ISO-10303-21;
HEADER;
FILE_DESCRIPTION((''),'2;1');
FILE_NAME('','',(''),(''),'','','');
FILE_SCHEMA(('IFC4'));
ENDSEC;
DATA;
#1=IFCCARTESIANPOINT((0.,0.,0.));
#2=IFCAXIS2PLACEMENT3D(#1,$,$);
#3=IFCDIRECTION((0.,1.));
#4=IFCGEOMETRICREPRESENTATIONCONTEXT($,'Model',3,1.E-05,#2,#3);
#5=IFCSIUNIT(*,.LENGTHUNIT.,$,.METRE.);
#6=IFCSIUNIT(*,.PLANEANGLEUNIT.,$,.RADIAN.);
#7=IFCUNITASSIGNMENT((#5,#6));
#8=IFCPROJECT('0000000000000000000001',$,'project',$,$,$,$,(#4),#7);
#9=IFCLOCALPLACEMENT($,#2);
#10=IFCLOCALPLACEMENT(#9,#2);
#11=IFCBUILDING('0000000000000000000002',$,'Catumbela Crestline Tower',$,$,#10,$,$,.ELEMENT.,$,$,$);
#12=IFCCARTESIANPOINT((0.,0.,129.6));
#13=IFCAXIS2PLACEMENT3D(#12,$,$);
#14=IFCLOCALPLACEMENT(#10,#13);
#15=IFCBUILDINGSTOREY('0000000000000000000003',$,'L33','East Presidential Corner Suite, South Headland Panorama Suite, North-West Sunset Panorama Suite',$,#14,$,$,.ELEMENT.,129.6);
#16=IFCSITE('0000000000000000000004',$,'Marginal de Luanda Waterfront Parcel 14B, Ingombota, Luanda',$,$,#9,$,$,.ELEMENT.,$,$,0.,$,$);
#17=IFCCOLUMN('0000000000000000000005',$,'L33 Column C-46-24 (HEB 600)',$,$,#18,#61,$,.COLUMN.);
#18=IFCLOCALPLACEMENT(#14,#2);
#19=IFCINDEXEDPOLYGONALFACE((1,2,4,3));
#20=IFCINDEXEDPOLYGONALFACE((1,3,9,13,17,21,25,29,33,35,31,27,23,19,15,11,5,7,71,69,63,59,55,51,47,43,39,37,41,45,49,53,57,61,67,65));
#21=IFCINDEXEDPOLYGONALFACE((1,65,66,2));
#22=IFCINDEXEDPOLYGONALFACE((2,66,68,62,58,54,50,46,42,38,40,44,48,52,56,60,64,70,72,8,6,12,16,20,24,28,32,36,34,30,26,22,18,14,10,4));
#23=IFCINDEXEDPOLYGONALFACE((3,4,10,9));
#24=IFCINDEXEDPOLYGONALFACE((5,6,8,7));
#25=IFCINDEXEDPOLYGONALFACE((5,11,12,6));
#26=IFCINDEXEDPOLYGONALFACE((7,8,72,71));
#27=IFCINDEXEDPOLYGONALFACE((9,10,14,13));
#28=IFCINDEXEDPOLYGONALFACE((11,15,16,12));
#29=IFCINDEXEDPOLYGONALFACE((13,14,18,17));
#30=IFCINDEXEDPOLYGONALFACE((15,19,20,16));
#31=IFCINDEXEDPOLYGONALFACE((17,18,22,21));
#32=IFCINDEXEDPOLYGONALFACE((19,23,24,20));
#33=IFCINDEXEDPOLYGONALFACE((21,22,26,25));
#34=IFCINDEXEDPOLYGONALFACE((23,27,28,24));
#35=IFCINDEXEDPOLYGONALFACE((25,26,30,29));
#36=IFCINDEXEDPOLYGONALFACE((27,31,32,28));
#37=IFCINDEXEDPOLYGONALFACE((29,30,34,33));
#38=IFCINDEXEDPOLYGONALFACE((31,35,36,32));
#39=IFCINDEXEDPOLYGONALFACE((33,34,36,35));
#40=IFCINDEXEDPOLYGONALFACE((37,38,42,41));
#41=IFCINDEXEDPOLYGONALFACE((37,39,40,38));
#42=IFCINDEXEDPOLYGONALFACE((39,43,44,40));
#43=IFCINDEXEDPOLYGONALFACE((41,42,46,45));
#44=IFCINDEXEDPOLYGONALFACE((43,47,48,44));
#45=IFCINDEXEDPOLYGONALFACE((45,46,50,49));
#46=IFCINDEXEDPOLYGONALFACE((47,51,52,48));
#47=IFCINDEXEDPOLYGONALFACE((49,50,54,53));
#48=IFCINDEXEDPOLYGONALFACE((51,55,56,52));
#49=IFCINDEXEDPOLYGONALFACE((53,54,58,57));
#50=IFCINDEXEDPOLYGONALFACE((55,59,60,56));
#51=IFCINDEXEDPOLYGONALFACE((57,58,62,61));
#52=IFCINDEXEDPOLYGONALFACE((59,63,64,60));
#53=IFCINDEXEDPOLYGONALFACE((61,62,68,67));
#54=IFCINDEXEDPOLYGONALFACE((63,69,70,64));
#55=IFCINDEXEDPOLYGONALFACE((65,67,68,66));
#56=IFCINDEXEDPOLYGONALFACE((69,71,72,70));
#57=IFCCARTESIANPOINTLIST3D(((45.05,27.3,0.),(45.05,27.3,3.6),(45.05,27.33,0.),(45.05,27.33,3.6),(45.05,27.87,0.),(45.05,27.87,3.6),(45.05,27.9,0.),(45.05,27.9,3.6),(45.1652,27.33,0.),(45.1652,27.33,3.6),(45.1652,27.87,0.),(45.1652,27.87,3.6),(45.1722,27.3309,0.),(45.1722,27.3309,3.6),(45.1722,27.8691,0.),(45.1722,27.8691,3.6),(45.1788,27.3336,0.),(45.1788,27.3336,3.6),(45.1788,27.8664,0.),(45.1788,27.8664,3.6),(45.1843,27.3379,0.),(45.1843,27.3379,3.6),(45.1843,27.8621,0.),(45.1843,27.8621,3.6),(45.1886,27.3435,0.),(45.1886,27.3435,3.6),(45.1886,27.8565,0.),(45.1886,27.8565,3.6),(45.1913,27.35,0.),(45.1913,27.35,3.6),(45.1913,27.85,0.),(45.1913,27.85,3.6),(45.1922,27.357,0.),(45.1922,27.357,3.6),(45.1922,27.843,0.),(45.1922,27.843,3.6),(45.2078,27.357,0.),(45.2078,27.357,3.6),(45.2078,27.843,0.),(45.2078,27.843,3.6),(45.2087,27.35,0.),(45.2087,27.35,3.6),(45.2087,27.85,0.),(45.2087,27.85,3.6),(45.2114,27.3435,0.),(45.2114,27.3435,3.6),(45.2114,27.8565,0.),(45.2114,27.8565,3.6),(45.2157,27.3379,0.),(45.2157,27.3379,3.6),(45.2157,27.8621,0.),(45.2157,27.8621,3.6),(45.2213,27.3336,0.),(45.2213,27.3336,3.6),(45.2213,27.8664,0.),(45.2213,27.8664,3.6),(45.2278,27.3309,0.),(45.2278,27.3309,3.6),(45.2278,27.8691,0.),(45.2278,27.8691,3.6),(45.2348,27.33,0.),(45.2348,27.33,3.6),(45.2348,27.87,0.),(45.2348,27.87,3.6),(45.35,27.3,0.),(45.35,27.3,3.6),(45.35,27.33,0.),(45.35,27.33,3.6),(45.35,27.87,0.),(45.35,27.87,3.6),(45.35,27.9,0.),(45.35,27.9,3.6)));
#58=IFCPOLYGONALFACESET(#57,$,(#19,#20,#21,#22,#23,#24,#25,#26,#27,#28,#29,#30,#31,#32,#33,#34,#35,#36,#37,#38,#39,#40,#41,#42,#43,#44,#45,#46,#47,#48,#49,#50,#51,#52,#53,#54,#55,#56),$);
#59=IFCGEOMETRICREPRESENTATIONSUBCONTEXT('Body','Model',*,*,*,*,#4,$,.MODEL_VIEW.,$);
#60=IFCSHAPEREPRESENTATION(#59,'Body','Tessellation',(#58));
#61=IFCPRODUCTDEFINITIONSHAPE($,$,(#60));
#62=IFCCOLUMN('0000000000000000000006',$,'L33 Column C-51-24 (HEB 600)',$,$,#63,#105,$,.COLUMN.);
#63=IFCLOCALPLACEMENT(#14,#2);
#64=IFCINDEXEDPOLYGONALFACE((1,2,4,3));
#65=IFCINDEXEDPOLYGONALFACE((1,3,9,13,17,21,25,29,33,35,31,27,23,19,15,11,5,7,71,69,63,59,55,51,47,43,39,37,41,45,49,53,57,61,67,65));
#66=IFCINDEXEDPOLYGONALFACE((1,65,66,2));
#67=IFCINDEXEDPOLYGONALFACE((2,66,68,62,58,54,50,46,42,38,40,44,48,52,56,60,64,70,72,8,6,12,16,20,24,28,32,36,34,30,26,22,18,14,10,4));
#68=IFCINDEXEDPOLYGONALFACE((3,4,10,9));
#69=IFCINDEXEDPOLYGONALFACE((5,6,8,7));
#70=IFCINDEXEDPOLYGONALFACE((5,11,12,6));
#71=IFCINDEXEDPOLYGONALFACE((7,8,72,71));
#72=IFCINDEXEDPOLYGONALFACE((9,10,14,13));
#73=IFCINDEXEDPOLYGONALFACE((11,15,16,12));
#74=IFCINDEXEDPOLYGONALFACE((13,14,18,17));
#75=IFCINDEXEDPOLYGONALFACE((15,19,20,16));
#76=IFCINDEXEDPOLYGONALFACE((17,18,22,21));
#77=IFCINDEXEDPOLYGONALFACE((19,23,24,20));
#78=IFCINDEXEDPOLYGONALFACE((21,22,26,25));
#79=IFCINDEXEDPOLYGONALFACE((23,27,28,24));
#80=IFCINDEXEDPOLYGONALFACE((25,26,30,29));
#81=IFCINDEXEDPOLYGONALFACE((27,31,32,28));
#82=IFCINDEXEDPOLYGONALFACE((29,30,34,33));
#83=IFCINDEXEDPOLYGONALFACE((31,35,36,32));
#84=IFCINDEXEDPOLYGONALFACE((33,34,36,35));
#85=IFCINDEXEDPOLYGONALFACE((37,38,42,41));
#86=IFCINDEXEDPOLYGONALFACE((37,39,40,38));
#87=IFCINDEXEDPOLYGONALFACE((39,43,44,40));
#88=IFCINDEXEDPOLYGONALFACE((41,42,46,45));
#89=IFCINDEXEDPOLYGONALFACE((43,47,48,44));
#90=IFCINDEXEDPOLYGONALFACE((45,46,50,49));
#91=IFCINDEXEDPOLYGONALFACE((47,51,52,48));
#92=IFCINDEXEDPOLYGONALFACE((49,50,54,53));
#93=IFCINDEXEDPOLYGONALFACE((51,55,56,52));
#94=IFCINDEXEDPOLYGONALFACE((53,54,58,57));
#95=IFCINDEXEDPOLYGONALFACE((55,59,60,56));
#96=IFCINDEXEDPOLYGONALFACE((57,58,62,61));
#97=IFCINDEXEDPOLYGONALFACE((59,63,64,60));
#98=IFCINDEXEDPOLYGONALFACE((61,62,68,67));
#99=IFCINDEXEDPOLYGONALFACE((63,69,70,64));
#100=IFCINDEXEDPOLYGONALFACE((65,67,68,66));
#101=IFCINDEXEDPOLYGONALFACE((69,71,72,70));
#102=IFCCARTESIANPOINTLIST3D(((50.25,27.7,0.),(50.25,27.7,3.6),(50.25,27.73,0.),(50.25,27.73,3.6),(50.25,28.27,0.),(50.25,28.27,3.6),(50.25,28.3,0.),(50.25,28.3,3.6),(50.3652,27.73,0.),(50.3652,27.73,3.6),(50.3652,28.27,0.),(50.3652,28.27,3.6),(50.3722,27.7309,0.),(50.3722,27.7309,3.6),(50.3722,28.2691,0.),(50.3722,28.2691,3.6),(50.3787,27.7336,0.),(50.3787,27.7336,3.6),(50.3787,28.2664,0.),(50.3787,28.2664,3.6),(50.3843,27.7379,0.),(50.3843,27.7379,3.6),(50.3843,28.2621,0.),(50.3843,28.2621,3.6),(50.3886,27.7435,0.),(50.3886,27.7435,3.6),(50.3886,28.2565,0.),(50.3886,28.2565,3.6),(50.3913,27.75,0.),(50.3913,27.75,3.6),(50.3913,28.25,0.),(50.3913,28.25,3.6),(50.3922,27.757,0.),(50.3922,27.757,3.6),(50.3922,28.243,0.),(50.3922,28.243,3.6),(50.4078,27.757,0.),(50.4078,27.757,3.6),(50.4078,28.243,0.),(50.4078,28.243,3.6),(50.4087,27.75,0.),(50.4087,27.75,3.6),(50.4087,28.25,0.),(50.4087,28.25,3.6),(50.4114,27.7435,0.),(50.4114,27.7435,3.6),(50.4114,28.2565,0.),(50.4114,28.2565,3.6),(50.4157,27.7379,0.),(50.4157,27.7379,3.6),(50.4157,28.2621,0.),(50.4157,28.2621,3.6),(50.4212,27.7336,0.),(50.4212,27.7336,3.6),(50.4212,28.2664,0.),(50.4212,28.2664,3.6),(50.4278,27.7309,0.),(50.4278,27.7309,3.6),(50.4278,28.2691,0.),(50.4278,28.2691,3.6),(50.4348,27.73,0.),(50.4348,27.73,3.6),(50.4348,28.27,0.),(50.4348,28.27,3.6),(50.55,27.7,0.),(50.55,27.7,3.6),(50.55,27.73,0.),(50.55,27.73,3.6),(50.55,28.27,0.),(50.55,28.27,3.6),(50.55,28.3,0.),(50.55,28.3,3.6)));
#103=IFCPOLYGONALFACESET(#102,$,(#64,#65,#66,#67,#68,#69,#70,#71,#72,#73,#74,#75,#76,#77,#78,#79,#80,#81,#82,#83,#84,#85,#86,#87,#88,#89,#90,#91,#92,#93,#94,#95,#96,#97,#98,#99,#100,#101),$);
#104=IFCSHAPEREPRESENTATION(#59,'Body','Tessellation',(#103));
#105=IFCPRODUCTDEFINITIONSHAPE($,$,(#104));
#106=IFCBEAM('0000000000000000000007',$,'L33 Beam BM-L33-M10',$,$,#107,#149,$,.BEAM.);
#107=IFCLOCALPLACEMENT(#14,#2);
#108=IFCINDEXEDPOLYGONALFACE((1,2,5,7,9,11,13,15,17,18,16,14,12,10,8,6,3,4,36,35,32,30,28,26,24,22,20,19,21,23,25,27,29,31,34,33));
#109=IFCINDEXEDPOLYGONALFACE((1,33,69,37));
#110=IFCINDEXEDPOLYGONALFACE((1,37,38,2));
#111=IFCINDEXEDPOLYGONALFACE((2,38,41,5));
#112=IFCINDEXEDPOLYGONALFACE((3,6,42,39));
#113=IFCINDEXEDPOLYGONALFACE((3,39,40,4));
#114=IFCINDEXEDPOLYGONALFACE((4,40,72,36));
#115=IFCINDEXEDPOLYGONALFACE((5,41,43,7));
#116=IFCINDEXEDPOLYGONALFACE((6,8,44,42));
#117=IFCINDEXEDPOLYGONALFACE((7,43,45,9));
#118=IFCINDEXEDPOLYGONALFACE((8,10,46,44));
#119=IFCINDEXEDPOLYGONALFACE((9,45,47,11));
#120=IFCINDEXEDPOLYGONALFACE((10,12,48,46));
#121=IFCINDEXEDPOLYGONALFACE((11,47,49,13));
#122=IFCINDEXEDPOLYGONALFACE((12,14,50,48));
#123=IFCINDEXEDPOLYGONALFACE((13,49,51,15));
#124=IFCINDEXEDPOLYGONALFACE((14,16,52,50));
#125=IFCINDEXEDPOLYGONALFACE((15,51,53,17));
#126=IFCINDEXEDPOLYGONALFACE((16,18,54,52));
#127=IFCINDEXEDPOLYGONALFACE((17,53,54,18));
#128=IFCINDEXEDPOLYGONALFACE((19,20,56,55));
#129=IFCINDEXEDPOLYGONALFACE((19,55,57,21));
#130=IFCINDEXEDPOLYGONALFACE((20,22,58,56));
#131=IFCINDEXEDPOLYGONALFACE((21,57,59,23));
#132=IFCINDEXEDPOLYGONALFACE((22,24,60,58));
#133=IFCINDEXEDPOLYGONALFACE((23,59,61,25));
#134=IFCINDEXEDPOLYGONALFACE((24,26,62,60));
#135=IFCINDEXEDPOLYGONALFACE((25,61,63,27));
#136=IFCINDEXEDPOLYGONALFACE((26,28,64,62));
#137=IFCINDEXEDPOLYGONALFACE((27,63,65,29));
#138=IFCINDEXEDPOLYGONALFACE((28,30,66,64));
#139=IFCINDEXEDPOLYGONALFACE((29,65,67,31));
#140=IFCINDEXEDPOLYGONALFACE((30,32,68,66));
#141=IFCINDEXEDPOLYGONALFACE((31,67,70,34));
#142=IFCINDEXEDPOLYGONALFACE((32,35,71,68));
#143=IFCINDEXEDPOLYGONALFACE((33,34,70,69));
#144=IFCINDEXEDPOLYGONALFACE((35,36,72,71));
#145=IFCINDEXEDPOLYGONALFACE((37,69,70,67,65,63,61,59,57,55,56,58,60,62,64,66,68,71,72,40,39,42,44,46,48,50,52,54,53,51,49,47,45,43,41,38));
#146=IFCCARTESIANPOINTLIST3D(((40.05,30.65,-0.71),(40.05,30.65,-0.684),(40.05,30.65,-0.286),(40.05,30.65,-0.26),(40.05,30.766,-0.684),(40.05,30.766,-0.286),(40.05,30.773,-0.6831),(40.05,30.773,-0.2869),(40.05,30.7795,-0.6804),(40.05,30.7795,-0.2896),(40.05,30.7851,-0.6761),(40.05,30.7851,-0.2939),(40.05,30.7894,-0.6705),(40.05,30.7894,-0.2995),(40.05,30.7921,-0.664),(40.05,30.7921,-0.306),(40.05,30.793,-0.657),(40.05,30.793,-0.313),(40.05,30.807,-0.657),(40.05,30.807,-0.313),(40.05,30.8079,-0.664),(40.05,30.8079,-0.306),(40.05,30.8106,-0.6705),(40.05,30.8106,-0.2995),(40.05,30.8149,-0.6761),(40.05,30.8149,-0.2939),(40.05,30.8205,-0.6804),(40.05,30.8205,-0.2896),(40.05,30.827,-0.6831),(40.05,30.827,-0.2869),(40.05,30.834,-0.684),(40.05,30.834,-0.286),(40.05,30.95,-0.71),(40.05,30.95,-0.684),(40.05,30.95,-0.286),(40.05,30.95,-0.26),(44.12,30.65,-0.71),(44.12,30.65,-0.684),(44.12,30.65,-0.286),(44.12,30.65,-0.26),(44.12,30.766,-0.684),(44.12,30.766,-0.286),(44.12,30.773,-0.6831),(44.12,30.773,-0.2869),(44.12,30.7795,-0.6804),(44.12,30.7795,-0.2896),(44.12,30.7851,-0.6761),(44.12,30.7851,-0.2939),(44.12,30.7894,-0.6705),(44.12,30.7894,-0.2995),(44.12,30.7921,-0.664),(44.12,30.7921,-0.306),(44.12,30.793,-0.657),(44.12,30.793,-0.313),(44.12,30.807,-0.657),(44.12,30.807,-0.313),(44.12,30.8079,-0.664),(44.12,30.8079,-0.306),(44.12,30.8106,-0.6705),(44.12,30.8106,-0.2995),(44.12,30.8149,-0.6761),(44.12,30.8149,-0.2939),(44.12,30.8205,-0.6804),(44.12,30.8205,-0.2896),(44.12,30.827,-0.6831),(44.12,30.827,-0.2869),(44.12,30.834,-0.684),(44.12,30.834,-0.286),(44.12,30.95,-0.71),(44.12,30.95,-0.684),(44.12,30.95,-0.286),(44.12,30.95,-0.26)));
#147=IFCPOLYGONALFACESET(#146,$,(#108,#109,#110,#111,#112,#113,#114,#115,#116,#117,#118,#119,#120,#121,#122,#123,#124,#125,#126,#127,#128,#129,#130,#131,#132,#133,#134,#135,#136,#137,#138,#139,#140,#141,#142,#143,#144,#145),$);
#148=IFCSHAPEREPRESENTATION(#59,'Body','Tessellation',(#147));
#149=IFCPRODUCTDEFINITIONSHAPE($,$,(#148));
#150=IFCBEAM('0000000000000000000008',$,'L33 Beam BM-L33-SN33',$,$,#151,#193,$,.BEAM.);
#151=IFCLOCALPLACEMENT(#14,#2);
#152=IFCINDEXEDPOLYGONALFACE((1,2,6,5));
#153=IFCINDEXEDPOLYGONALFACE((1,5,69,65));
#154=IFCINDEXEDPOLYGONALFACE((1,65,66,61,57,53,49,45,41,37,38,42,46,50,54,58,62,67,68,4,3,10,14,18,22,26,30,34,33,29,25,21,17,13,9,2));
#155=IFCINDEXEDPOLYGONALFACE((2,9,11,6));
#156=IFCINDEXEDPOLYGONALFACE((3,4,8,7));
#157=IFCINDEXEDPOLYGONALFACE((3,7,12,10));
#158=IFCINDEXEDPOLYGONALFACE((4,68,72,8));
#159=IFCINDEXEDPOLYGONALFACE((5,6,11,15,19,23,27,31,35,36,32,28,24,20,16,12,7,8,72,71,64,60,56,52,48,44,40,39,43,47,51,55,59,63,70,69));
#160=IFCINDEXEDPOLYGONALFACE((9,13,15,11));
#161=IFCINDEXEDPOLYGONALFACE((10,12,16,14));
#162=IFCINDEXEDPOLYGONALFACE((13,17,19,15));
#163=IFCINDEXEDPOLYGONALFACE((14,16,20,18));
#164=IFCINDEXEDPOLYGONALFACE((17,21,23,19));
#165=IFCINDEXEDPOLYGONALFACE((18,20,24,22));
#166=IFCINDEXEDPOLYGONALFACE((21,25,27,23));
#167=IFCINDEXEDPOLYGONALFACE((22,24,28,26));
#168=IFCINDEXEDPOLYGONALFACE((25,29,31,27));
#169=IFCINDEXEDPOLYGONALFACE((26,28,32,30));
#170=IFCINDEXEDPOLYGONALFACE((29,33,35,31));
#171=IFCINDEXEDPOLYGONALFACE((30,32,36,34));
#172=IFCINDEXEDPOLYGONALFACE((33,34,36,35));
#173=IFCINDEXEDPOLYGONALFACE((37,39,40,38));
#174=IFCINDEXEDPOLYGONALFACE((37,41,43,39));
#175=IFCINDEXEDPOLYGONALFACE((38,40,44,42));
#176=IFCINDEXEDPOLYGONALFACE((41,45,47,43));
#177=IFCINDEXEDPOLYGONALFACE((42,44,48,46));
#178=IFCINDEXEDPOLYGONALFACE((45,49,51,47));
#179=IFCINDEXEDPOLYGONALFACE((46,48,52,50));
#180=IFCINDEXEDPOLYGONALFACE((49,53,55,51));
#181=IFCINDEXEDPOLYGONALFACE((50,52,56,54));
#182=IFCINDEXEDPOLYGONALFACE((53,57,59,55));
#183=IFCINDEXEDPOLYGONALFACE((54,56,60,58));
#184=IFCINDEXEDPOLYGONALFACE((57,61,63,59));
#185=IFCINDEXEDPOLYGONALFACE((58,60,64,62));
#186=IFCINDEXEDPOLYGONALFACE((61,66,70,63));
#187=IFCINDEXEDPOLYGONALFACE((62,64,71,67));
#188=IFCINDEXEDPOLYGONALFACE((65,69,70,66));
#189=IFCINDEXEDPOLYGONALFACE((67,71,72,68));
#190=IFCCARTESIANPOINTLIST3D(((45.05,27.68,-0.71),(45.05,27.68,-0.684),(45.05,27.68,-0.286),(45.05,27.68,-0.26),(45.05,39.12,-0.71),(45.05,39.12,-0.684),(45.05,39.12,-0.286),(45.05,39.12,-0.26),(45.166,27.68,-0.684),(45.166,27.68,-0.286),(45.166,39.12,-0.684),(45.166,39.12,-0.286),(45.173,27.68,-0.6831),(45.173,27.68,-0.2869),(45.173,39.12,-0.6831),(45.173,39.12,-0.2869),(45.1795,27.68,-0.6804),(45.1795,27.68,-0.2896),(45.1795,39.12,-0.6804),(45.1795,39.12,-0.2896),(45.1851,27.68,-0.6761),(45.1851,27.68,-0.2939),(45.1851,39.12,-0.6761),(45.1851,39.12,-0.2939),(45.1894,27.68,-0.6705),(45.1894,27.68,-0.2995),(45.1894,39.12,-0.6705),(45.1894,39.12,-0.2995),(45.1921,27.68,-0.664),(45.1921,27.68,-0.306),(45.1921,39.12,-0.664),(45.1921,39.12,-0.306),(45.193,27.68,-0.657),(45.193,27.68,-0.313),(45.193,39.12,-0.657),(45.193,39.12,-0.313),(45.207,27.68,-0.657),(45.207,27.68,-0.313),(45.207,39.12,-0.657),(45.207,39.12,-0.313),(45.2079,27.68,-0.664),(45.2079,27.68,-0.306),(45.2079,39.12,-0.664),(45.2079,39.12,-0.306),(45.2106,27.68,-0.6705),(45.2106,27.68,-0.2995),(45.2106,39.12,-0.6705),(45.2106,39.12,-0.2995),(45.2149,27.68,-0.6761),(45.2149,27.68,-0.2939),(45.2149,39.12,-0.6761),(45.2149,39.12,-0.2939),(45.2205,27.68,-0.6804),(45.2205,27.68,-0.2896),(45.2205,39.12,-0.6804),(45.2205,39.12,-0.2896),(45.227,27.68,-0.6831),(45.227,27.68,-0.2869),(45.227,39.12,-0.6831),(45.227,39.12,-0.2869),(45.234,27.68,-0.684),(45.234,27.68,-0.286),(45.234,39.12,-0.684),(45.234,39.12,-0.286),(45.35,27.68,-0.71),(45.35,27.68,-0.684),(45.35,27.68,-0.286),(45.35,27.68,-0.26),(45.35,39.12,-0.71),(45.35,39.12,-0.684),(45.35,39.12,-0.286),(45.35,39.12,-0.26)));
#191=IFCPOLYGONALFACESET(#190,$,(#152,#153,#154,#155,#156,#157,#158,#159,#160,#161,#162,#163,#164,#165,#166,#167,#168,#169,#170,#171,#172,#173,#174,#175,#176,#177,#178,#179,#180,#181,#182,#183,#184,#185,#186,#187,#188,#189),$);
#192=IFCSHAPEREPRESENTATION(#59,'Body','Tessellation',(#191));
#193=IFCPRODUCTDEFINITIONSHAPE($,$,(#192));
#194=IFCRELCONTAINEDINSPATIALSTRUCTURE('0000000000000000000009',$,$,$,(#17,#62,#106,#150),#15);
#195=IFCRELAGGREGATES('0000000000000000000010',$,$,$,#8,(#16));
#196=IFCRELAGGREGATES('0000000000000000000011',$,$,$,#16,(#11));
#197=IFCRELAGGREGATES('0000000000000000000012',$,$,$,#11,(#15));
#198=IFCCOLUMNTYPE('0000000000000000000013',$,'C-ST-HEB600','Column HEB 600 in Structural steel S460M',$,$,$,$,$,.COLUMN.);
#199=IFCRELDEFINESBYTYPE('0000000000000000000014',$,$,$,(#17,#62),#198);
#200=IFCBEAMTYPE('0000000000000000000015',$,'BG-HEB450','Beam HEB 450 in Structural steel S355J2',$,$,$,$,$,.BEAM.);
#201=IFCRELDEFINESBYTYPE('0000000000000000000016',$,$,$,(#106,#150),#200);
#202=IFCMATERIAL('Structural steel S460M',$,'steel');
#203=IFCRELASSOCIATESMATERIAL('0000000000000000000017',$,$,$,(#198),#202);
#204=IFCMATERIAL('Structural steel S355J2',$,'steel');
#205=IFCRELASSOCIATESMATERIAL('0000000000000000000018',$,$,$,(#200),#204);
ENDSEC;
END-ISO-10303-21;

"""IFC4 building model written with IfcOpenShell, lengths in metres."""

from ifc_helpers import new_model, si_unit, direction, frame, origin, origin_2d, place, context, subcontext, project, spatial, i_section, extrude, material, material_profile, profile_set, type_object, element, save


model = new_model("IFC4")

# Units and contexts
model_context = context("Model", 3, precision=1e-05, world=origin(), true_north=direction((0.0, 1.0)))
body_context = subcontext(model_context, "Body", "Model", "MODEL_VIEW")
ifc_project = project(units=[si_unit("LENGTHUNIT", "METRE"), si_unit("PLANEANGLEUNIT", "RADIAN")], contexts=[model_context])

# Site, building, storey
site_placement = place(None, origin())
site = spatial("IfcSite", under=ifc_project, at=site_placement, Name="Marginal de Luanda Waterfront Parcel 14B, Ingombota, Luanda", CompositionType="ELEMENT", RefElevation=0.0)
building_placement = place(site_placement, origin())
building = spatial("IfcBuilding", under=site, at=building_placement, Name="Catumbela Crestline Tower", CompositionType="ELEMENT")
storey_placement = place(building_placement, frame((0.0, 0.0, 129.6)))
storey = spatial("IfcBuildingStorey", under=building, at=storey_placement, Name="L33", Description="East Presidential Corner Suite, South Headland Panorama Suite, North-West Sunset Panorama Suite", CompositionType="ELEMENT", Elevation=129.6)

# Columns
ifc_material_1 = material(Name="Structural steel S460M", Category="steel")
ifc_material_profile_1 = material_profile(ifc_material_1, i_section(OverallWidth=0.3, OverallDepth=0.6, WebThickness=0.0155, FlangeThickness=0.03, FilletRadius=0.027, at=origin_2d()), Name="HEB 600")
ifc_profile_set_1 = profile_set([ifc_material_profile_1], Name="Structural steel S460M")
column_type = type_object("IfcColumnType", Name="C-ST-HEB600", Description="Column HEB 600 in Structural steel S460M", PredefinedType="COLUMN", material=ifc_profile_set_1)
for number, where, z_axis, x_axis, name in (
    (1, (45.2, 27.6, 0.0), (0.0, 0.0, 1.0), (1.0, 0.0, 0.0), "L33 Column C-46-24 (HEB 600)"),
    (2, (50.4, 28.0, 0.0), (0.0, 0.0, 1.0), (1.0, 0.0, 0.0), "L33 Column C-51-24 (HEB 600)"),
):
    element("IfcColumn", number, at=place(storey_placement, frame(where, z_axis=z_axis, x_axis=x_axis)), inside=storey, type_object=column_type, Name=name, PredefinedType="COLUMN", context=body_context, shape_type="SweptSolid", body=[
        extrude(i_section(OverallWidth=0.3, OverallDepth=0.6, WebThickness=0.0155, FlangeThickness=0.03, FilletRadius=0.027, at=origin_2d()), origin(), (0.0, 0.0, 1.0), 3.6),
    ])

# Beams
ifc_material_2 = material(Name="Structural steel S355J2", Category="steel")
ifc_material_profile_2 = material_profile(ifc_material_2, i_section(OverallWidth=0.3, OverallDepth=0.45, WebThickness=0.014, FlangeThickness=0.026, FilletRadius=0.027, at=origin_2d()), Name="HEB 450")
ifc_profile_set_2 = profile_set([ifc_material_profile_2], Name="Structural steel S355J2")
beam_type_1 = type_object("IfcBeamType", Name="BG-HEB450", Description="Beam HEB 450 in Structural steel S355J2", PredefinedType="BEAM", material=ifc_profile_set_2)
beam_1_placement = place(storey_placement, frame((40.05, 30.8, -0.485), z_axis=(1.0, 0.0, 0.0), x_axis=(0.0, 1.0, 0.0)))
element("IfcBeam", 3, at=beam_1_placement, inside=storey, type_object=beam_type_1, Name="L33 Beam BM-L33-M10", PredefinedType="BEAM", context=body_context, shape_type="SweptSolid", body=[
    extrude(i_section(OverallWidth=0.3, OverallDepth=0.45, WebThickness=0.014, FlangeThickness=0.026, FilletRadius=0.027, at=origin_2d()), origin(), (0.0, 0.0, 1.0), 4.07),
])
beam_2_placement = place(storey_placement, frame((45.2, 27.68, -0.485), z_axis=(0.0, 1.0, 0.0), x_axis=(-1.0, 0.0, 0.0)))
element("IfcBeam", 4, at=beam_2_placement, inside=storey, type_object=beam_type_1, Name="L33 Beam BM-L33-SN33", PredefinedType="BEAM", context=body_context, shape_type="SweptSolid", body=[
    extrude(i_section(OverallWidth=0.3, OverallDepth=0.45, WebThickness=0.014, FlangeThickness=0.026, FilletRadius=0.027, at=origin_2d()), origin(), (0.0, 0.0, 1.0), 11.44),
])

save(model, "model.ifc")
